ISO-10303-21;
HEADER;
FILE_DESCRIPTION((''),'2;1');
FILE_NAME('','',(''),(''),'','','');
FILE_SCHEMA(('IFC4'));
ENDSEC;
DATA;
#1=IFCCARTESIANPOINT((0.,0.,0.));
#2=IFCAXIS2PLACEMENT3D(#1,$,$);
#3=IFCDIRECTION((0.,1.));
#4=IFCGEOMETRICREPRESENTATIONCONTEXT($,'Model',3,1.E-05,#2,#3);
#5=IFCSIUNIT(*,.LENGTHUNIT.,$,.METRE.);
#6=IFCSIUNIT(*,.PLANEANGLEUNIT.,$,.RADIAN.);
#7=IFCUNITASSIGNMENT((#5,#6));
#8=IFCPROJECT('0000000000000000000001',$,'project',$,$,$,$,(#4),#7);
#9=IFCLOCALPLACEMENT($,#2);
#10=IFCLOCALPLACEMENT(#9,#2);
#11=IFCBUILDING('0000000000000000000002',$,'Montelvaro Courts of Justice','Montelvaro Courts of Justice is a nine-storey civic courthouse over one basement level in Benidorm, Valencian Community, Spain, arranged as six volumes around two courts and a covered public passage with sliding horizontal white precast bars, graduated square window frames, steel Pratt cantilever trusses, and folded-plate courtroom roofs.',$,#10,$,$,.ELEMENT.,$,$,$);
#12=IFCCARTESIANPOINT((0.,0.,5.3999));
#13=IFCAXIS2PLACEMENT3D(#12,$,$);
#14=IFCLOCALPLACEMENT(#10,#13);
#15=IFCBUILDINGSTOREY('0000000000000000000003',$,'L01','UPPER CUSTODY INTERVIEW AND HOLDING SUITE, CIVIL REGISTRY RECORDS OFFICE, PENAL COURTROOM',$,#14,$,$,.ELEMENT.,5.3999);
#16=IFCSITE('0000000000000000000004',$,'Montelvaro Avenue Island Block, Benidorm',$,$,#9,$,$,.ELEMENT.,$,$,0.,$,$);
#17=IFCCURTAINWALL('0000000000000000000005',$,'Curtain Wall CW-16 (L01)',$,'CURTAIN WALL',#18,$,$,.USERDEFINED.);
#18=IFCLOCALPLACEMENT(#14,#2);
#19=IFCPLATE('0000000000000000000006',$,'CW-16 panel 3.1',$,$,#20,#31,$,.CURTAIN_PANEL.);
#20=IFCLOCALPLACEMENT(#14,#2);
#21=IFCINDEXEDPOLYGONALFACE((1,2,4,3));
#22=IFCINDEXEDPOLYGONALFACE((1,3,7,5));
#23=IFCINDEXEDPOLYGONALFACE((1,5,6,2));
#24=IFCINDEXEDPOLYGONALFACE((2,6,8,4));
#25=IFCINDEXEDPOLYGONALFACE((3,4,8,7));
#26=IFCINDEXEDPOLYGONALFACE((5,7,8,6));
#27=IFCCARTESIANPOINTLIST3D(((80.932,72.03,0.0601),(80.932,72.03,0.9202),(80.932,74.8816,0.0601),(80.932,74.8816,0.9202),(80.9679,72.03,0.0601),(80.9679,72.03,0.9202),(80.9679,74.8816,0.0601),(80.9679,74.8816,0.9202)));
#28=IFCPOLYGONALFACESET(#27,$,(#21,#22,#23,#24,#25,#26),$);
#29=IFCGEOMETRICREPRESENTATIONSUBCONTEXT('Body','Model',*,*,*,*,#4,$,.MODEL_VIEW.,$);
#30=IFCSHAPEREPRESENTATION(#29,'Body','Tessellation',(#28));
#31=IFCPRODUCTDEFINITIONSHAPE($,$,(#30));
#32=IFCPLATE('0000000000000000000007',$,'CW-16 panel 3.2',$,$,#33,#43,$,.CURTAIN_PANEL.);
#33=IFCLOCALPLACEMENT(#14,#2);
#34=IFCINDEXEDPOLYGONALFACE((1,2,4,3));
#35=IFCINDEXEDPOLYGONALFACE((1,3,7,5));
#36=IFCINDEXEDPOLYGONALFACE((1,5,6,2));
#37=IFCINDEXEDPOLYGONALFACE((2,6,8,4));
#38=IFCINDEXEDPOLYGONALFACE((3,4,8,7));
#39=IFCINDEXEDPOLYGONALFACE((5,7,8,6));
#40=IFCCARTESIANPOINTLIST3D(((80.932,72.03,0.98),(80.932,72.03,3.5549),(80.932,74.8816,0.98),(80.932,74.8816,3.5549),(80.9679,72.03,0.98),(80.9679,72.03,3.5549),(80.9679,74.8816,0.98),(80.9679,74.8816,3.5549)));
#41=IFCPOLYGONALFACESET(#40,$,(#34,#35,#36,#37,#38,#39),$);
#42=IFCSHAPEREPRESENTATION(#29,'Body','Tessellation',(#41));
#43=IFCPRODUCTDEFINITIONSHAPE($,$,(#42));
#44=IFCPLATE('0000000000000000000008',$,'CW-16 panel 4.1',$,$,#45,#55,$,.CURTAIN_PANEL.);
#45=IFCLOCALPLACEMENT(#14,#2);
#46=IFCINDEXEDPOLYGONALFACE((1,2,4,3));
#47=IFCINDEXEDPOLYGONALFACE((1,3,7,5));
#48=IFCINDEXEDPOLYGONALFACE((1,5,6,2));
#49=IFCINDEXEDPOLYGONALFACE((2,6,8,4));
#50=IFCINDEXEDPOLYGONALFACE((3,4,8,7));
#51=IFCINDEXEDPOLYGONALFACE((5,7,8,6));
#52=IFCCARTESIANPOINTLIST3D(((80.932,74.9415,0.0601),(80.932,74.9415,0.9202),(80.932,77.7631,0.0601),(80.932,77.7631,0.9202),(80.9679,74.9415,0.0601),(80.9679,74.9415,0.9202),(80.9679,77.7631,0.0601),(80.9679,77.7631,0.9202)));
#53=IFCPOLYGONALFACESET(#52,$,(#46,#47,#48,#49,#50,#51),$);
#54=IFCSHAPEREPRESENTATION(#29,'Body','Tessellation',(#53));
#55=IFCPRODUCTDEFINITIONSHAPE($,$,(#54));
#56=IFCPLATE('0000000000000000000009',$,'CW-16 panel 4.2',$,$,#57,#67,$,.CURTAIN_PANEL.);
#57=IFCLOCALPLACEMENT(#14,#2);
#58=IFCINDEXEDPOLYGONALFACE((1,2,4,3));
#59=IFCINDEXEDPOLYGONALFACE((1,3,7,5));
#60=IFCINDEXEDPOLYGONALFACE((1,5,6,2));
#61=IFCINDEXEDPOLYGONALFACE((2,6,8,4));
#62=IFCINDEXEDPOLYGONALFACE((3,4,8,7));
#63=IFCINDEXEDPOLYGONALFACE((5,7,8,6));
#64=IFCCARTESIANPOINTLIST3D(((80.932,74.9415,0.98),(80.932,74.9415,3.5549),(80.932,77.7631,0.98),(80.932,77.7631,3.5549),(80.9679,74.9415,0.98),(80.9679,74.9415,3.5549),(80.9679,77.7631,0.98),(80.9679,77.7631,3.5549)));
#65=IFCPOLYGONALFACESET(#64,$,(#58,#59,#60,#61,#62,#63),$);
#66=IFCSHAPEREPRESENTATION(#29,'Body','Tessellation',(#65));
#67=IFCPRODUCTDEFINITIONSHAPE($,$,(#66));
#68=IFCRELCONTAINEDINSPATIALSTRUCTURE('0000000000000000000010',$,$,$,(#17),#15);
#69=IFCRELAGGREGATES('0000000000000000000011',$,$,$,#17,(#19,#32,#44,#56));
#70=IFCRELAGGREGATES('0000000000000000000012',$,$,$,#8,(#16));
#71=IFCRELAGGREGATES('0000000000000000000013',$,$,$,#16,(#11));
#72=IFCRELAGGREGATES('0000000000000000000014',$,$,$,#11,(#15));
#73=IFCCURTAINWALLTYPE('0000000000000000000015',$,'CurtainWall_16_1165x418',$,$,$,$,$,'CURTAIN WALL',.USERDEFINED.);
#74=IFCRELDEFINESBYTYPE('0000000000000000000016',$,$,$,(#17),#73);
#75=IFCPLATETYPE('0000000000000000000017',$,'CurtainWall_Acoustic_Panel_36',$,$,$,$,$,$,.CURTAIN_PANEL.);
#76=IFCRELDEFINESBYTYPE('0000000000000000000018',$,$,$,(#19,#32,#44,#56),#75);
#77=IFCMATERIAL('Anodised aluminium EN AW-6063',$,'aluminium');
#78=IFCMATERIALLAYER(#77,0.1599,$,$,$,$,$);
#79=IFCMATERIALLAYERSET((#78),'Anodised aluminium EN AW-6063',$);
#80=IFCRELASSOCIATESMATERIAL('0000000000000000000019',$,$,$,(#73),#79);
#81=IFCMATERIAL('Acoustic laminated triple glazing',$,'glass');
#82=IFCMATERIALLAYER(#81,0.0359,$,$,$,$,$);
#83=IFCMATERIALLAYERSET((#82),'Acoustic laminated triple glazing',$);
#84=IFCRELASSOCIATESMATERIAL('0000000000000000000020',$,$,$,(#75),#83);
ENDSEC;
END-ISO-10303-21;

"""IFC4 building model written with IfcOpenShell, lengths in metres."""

from ifc_helpers import new_model, si_unit, direction, frame, origin, origin_2d, place, context, subcontext, project, spatial, rectangle, extrude, material, layer, layer_set, type_object, element, aggregate, save


model = new_model("IFC4")

# Units and contexts
model_context = context("Model", 3, precision=1e-05, world=origin(), true_north=direction((0.0, 1.0)))
body_context = subcontext(model_context, "Body", "Model", "MODEL_VIEW")
ifc_project = project(units=[si_unit("LENGTHUNIT", "METRE"), si_unit("PLANEANGLEUNIT", "RADIAN")], contexts=[model_context])

# Site, building, storey
site_placement = place(None, origin())
site = spatial("IfcSite", under=ifc_project, at=site_placement, Name="Montelvaro Avenue Island Block, Benidorm", CompositionType="ELEMENT", RefElevation=0.0)
building_placement = place(site_placement, origin())
building = spatial("IfcBuilding", under=site, at=building_placement, Name="Montelvaro Courts of Justice", Description="Montelvaro Courts of Justice is a nine-storey civic courthouse over one basement level in Benidorm, Valencian Community, Spain, arranged as six volumes around two courts and a covered public passage with sliding horizontal white precast bars, graduated square window frames, steel Pratt cantilever trusses, and folded-plate courtroom roofs.", CompositionType="ELEMENT")
storey_placement = place(building_placement, frame((0.0, 0.0, 5.3999)))
storey = spatial("IfcBuildingStorey", under=building, at=storey_placement, Name="L01", Description="UPPER CUSTODY INTERVIEW AND HOLDING SUITE, CIVIL REGISTRY RECORDS OFFICE, PENAL COURTROOM", CompositionType="ELEMENT", Elevation=5.3999)

# Curtain wall
ifc_material_1 = material(Name="Anodised aluminium EN AW-6063", Category="aluminium")
ifc_layer_1 = layer(ifc_material_1, 0.1599)
ifc_layer_set_1 = layer_set([ifc_layer_1], Name="Anodised aluminium EN AW-6063")
curtain_wall_type_1 = type_object("IfcCurtainWallType", Name="CurtainWall_16_1165x418", ElementType="CURTAIN WALL", PredefinedType="USERDEFINED", material=ifc_layer_set_1)
curtain_wall_1_placement = place(storey_placement, origin())
curtain_wall_1 = element("IfcCurtainWall", 1, at=curtain_wall_1_placement, inside=storey, type_object=curtain_wall_type_1, Name="Curtain Wall CW-16 (L01)", ObjectType="CURTAIN WALL", PredefinedType="USERDEFINED")

# Plates
ifc_material_2 = material(Name="Acoustic laminated triple glazing", Category="glass")
ifc_layer_2 = layer(ifc_material_2, 0.0359)
ifc_layer_set_2 = layer_set([ifc_layer_2], Name="Acoustic laminated triple glazing")
plate_type = type_object("IfcPlateType", Name="CurtainWall_Acoustic_Panel_36", PredefinedType="CURTAIN_PANEL", material=ifc_layer_set_2)
plate_1_placement = place(storey_placement, frame((80.95, 73.4558, 0.0601), z_axis=(0.0, 0.0, 1.0), x_axis=(0.0, 1.0, 0.0)))
plate_1 = element("IfcPlate", 2, at=plate_1_placement, type_object=plate_type, Name="CW-16 panel 3.1", PredefinedType="CURTAIN_PANEL", context=body_context, shape_type="SweptSolid", body=[
    extrude(rectangle(XDim=2.8516, YDim=0.0359, at=origin_2d()), origin(), (0.0, 0.0, 1.0), 0.8601),
])
plate_2_placement = place(storey_placement, frame((80.95, 73.4558, 0.98), z_axis=(0.0, 0.0, 1.0), x_axis=(0.0, 1.0, 0.0)))
plate_2 = element("IfcPlate", 3, at=plate_2_placement, type_object=plate_type, Name="CW-16 panel 3.2", PredefinedType="CURTAIN_PANEL", context=body_context, shape_type="SweptSolid", body=[
    extrude(rectangle(XDim=2.8516, YDim=0.0359, at=origin_2d()), origin(), (0.0, 0.0, 1.0), 2.575),
])
plate_3_placement = place(storey_placement, frame((80.95, 76.3523, 0.0601), z_axis=(0.0, 0.0, 1.0), x_axis=(0.0, 1.0, 0.0)))
plate_3 = element("IfcPlate", 4, at=plate_3_placement, type_object=plate_type, Name="CW-16 panel 4.1", PredefinedType="CURTAIN_PANEL", context=body_context, shape_type="SweptSolid", body=[
    extrude(rectangle(XDim=2.8215, YDim=0.0359, at=origin_2d()), origin(), (0.0, 0.0, 1.0), 0.8601),
])
plate_4_placement = place(storey_placement, frame((80.95, 76.3523, 0.98), z_axis=(0.0, 0.0, 1.0), x_axis=(0.0, 1.0, 0.0)))
plate_4 = element("IfcPlate", 5, at=plate_4_placement, type_object=plate_type, Name="CW-16 panel 4.2", PredefinedType="CURTAIN_PANEL", context=body_context, shape_type="SweptSolid", body=[
    extrude(rectangle(XDim=2.8215, YDim=0.0359, at=origin_2d()), origin(), (0.0, 0.0, 1.0), 2.575),
])
aggregate(curtain_wall_1, [plate_1, plate_2, plate_3, plate_4])

save(model, "model.ifc")
